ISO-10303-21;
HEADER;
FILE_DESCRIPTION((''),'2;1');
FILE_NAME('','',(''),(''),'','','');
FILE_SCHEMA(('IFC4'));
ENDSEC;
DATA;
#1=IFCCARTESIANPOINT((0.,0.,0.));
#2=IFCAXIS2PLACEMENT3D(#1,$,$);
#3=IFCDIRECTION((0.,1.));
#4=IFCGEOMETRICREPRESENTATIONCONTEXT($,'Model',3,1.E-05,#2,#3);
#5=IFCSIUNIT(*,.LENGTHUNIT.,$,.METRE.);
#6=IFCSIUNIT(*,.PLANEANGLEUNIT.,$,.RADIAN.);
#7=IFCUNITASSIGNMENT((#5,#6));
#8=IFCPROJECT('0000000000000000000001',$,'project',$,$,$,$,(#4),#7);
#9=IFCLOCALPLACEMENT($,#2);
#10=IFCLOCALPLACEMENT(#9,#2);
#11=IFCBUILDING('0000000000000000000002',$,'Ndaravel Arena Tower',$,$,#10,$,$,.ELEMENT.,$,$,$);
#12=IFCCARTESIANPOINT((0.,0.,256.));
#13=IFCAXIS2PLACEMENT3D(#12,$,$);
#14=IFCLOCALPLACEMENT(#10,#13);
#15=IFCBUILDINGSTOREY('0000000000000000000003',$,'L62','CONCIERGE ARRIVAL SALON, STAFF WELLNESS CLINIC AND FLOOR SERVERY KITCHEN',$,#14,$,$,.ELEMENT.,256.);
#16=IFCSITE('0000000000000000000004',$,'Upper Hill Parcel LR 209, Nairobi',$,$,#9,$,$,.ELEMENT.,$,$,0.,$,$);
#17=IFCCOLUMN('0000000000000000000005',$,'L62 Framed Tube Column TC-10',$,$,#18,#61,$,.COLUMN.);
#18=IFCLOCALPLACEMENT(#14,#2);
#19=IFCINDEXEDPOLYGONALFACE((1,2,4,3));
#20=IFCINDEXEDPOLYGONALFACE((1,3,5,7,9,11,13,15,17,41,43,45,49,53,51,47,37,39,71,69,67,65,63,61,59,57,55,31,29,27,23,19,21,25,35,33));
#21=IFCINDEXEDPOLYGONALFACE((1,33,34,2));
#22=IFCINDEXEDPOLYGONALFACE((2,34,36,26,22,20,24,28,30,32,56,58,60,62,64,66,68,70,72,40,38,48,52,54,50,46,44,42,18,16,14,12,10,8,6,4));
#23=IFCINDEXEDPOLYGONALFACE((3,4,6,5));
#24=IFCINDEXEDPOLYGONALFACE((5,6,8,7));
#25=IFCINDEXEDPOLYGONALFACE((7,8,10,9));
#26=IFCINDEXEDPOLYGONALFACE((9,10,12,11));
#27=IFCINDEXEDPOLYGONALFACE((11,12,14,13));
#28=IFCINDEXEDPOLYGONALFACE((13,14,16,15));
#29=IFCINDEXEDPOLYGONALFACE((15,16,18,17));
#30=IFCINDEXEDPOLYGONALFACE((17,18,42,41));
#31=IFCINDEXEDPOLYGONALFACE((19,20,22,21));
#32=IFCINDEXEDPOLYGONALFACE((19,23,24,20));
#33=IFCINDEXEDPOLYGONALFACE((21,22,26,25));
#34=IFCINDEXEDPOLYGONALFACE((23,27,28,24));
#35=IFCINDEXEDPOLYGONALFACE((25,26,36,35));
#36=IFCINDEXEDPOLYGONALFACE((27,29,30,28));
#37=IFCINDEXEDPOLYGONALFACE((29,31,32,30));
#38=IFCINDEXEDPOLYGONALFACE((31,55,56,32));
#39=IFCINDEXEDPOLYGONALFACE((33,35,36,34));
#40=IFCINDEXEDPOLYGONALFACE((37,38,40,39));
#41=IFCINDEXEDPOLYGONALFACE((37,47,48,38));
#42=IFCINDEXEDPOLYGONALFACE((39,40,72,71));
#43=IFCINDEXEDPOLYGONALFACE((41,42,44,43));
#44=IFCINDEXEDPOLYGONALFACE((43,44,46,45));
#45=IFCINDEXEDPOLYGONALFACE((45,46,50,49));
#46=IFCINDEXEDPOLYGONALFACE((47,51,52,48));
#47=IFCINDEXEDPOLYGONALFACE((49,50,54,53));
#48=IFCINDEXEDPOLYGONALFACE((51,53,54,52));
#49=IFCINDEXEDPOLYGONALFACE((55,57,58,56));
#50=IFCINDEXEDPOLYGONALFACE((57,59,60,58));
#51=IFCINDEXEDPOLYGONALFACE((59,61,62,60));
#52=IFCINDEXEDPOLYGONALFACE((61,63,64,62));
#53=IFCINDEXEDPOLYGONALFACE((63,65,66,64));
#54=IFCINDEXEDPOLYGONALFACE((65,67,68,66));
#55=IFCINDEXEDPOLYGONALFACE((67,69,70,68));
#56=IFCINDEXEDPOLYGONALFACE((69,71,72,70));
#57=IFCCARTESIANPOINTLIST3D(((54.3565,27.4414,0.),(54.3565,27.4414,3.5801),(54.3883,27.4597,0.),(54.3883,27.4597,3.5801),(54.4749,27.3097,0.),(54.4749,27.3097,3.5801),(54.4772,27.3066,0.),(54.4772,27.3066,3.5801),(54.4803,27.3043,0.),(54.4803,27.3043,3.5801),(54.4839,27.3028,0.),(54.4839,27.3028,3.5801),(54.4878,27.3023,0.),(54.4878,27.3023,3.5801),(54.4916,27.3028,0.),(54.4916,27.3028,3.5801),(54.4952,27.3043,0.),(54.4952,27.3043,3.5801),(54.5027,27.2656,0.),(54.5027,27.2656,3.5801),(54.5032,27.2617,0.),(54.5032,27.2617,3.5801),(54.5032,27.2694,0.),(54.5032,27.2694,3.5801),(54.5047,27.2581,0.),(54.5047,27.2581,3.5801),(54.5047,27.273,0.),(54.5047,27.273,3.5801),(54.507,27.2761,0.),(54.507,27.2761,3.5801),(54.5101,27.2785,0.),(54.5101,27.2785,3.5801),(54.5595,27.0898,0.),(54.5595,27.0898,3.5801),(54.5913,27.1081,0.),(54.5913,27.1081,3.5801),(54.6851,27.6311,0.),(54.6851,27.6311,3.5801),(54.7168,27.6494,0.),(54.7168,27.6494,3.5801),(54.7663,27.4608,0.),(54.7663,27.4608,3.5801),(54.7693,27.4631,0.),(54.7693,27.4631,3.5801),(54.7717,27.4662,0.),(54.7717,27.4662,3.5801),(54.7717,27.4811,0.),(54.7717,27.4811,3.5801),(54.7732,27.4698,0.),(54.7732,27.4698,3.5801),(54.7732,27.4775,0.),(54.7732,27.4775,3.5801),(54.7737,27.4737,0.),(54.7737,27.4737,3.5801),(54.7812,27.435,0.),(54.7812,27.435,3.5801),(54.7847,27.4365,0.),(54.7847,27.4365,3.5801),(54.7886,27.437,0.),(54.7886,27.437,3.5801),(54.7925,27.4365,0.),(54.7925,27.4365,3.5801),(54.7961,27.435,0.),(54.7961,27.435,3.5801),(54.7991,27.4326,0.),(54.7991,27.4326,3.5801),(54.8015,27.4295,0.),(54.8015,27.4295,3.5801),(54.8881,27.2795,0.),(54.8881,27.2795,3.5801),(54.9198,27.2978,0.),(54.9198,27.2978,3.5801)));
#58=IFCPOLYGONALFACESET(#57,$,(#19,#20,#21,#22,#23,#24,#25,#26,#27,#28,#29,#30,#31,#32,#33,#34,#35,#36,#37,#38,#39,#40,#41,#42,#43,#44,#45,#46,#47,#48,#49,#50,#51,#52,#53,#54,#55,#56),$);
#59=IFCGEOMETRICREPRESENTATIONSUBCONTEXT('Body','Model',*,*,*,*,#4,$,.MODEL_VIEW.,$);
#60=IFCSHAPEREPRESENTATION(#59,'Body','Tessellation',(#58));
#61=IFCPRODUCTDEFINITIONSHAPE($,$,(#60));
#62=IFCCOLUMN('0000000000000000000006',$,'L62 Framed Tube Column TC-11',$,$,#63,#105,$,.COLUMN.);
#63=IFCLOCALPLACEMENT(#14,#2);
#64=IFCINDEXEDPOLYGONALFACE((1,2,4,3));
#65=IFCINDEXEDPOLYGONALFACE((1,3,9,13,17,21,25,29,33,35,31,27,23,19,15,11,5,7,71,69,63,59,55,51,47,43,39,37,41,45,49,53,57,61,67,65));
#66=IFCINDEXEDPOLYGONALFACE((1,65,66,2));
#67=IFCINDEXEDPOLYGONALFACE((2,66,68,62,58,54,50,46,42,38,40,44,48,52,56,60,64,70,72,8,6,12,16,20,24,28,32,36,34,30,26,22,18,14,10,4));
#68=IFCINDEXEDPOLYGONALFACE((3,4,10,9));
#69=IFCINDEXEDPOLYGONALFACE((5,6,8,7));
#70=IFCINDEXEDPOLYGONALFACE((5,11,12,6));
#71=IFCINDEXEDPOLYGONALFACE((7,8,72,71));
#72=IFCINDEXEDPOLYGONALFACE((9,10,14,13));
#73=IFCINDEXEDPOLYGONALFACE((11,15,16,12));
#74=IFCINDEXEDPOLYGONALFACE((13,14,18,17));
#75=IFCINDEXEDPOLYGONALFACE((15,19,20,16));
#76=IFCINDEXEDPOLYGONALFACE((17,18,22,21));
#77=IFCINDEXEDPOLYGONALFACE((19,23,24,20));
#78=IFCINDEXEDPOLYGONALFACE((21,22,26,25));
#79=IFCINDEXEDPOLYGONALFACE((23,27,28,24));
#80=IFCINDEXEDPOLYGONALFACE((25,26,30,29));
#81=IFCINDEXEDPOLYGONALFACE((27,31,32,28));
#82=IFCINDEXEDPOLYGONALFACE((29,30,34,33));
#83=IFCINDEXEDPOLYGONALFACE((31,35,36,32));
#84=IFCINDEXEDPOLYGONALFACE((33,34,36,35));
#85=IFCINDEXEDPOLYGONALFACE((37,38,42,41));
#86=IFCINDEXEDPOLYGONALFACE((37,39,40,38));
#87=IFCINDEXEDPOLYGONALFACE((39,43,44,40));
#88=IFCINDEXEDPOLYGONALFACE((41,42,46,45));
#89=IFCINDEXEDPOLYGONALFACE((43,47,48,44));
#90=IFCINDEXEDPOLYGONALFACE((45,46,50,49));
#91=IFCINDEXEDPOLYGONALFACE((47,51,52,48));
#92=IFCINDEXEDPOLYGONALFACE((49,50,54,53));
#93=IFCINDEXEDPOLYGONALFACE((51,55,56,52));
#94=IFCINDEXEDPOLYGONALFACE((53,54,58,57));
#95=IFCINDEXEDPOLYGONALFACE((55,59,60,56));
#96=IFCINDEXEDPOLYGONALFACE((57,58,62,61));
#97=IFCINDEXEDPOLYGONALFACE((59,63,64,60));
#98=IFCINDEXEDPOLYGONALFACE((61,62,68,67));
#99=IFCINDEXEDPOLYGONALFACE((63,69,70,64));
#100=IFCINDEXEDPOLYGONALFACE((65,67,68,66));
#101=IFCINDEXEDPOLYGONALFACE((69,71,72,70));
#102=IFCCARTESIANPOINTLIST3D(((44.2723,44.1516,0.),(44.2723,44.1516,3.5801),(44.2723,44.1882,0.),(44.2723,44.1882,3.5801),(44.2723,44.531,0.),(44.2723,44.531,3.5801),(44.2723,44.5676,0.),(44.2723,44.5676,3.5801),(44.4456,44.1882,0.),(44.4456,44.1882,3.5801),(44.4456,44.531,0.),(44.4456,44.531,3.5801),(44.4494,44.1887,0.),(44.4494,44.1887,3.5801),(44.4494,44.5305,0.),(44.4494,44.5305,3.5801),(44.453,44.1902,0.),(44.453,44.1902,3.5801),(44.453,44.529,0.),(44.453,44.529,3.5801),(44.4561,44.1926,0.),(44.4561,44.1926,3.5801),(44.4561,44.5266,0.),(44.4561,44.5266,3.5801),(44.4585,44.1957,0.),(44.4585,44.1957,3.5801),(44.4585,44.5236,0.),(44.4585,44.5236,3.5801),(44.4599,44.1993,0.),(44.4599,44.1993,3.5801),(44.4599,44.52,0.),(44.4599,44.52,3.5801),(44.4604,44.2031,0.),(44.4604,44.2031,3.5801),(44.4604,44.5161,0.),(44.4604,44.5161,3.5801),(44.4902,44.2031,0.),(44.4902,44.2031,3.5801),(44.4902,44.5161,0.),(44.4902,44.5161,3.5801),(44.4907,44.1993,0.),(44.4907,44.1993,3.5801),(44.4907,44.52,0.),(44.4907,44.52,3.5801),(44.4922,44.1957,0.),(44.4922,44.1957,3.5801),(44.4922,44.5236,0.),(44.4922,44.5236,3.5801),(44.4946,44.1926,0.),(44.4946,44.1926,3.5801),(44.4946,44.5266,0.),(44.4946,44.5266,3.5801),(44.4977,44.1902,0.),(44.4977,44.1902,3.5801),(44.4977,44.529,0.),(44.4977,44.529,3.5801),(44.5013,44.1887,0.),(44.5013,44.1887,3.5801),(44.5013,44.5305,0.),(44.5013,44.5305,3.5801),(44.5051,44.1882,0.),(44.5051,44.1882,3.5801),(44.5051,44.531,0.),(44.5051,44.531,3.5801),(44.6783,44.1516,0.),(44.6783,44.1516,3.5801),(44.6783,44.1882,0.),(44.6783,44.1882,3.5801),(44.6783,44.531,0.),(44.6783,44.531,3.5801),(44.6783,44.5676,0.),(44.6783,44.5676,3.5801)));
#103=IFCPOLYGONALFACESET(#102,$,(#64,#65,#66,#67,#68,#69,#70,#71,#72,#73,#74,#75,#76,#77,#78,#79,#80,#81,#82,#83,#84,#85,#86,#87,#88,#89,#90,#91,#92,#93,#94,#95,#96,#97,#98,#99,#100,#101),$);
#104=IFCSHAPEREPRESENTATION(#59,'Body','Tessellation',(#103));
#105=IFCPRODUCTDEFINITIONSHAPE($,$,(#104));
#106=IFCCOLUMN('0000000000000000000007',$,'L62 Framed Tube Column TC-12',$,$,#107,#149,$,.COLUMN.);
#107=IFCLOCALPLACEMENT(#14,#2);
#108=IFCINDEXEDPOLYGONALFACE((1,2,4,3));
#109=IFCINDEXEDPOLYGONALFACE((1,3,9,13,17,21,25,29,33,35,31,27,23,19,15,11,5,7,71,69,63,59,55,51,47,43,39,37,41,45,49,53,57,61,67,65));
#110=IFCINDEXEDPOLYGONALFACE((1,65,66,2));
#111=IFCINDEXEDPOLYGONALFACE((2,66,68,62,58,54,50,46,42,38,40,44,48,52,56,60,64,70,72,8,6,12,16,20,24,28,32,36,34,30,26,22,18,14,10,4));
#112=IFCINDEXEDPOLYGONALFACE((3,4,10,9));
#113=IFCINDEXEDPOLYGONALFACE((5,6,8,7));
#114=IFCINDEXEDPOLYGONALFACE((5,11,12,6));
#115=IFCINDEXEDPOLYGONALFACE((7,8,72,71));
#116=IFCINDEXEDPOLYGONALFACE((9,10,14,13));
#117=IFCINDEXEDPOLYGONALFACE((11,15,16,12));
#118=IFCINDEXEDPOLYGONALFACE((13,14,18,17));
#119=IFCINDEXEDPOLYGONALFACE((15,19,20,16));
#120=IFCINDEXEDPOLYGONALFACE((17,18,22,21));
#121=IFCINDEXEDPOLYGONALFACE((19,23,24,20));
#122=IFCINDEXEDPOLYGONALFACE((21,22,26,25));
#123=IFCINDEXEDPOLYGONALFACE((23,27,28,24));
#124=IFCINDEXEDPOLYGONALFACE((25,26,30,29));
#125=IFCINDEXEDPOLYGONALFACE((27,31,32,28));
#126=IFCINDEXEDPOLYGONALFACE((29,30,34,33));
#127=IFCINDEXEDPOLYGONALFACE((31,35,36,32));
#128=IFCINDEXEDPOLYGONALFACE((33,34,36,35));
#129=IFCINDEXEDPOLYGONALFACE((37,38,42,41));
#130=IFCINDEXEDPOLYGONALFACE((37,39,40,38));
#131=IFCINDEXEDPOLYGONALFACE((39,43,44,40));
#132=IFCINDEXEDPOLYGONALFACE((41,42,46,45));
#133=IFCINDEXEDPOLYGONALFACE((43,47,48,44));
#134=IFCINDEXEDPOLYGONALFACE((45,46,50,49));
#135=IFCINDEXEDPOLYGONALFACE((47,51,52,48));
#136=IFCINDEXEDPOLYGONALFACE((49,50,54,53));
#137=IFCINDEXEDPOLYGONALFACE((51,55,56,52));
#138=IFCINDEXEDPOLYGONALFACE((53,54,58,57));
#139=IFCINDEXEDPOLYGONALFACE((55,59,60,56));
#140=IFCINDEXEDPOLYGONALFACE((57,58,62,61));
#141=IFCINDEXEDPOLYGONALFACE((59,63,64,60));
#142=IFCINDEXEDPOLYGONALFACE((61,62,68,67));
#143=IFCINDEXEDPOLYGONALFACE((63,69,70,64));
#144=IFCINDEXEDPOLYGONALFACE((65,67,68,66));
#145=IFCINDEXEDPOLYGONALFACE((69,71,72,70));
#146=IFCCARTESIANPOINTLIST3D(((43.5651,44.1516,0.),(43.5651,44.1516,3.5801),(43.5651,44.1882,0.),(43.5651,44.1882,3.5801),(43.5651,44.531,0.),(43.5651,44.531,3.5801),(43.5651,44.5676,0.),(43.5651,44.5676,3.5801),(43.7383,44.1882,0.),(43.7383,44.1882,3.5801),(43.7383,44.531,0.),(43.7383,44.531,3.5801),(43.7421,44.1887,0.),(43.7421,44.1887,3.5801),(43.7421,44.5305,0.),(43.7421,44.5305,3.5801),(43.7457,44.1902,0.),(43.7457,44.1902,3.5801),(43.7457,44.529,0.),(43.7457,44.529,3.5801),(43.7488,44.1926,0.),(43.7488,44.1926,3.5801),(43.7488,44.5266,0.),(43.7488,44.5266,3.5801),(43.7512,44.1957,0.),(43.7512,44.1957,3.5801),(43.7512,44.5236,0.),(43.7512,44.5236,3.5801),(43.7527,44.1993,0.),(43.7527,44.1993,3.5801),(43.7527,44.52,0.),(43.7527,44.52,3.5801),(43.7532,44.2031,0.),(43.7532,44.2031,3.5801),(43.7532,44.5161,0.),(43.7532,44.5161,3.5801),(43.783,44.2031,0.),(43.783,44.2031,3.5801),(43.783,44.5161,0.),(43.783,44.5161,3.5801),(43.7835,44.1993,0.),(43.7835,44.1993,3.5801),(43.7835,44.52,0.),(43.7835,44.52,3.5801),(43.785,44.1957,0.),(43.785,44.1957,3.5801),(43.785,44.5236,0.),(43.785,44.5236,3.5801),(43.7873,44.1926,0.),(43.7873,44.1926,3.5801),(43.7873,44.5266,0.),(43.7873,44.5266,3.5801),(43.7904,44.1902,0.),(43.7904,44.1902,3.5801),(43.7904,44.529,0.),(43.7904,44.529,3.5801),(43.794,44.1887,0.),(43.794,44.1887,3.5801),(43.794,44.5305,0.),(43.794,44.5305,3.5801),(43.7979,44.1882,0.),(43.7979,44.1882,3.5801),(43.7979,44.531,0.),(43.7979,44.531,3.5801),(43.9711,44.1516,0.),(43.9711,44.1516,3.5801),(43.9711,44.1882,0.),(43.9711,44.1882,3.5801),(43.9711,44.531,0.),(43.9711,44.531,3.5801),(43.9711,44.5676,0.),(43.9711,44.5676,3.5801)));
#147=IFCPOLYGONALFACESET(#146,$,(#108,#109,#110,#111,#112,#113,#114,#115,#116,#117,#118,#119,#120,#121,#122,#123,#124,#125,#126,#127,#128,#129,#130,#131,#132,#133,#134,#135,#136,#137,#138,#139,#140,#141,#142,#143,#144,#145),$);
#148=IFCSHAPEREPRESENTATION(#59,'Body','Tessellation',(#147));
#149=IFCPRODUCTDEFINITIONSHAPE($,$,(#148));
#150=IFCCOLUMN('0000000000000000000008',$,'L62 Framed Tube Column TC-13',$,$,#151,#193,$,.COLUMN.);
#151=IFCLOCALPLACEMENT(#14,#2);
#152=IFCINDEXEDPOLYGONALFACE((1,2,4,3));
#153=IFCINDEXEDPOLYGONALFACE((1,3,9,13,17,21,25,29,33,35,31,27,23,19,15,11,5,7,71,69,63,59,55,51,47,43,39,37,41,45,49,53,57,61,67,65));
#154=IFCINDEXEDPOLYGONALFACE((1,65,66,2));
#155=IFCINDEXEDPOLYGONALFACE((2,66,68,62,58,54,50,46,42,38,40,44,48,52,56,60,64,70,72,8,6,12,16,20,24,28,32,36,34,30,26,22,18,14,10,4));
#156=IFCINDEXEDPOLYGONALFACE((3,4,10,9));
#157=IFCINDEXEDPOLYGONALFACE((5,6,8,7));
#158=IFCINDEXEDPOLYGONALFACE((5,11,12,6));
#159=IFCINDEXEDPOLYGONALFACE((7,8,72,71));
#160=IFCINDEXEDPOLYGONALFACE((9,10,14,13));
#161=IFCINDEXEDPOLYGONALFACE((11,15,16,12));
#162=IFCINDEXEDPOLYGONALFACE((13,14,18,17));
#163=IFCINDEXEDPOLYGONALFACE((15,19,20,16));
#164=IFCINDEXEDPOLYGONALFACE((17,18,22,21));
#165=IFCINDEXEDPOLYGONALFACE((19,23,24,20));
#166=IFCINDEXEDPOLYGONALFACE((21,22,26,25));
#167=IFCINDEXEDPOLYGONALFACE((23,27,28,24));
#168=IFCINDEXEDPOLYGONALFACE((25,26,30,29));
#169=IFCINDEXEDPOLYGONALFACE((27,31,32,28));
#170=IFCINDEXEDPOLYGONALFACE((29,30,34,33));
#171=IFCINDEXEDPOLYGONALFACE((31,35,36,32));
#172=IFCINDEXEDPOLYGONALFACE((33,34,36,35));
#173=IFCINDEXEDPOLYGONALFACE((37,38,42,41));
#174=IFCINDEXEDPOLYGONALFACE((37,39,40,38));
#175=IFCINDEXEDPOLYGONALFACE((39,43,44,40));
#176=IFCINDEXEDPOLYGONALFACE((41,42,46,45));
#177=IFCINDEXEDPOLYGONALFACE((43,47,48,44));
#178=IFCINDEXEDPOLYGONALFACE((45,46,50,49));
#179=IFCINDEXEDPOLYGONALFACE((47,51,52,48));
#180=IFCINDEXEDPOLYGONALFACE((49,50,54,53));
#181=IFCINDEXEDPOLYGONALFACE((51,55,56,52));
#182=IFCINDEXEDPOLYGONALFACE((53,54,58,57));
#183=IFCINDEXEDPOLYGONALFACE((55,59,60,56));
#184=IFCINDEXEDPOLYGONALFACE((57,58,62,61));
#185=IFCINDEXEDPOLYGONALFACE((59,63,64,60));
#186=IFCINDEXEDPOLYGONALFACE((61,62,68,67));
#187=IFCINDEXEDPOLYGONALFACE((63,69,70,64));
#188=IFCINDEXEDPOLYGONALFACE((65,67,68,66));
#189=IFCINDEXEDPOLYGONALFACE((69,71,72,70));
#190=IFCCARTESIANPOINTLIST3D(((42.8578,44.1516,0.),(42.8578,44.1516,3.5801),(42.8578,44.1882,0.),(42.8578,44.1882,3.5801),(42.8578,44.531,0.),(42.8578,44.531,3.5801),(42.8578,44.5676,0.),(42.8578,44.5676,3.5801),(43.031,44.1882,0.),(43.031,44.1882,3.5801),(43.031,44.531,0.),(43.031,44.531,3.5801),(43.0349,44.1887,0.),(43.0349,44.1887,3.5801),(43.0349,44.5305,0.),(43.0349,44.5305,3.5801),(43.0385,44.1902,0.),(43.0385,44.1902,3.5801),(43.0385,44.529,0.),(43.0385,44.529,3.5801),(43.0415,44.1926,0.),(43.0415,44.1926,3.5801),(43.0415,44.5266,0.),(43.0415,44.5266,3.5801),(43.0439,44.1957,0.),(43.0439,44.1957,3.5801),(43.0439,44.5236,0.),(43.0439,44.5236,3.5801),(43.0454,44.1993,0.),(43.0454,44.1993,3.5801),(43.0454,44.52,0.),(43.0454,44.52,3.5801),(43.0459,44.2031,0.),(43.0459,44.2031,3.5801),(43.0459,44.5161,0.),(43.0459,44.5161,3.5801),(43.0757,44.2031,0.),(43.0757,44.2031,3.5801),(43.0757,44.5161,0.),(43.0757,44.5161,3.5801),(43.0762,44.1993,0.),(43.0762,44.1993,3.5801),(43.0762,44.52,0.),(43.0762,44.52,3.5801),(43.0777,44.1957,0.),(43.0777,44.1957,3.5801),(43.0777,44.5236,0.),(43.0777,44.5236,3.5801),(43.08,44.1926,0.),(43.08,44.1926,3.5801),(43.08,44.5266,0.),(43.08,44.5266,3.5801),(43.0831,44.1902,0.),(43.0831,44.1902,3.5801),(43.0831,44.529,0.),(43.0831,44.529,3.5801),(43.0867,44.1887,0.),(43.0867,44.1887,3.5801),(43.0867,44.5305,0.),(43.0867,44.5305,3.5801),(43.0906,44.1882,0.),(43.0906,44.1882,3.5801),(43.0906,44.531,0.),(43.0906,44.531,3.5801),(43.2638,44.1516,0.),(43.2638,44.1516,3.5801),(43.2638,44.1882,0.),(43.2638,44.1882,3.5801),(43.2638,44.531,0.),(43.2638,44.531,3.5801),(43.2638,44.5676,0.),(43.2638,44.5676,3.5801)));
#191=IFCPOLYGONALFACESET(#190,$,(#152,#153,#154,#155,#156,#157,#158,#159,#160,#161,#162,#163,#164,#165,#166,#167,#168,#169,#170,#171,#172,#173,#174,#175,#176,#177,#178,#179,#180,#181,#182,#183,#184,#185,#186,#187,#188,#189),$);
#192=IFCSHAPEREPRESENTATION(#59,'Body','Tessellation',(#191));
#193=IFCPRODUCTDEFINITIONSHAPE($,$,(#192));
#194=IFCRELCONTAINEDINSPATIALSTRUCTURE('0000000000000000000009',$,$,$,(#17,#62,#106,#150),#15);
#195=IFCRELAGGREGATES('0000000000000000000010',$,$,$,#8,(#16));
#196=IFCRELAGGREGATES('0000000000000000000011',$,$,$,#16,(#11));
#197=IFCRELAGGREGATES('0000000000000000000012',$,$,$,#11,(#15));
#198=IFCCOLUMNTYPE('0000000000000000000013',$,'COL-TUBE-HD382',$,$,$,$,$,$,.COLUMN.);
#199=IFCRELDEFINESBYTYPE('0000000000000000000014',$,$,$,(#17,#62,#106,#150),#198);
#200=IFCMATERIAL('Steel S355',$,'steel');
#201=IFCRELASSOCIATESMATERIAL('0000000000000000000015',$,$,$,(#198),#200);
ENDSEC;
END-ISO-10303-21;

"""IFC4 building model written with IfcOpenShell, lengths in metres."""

from ifc_helpers import new_model, si_unit, direction, frame, origin, origin_2d, place, context, subcontext, project, spatial, i_section, extrude, material, material_profile, profile_set, type_object, element, save


model = new_model("IFC4")

# Units and contexts
model_context = context("Model", 3, precision=1e-05, world=origin(), true_north=direction((0.0, 1.0)))
body_context = subcontext(model_context, "Body", "Model", "MODEL_VIEW")
ifc_project = project(units=[si_unit("LENGTHUNIT", "METRE"), si_unit("PLANEANGLEUNIT", "RADIAN")], contexts=[model_context])

# Site, building, storey
site_placement = place(None, origin())
site = spatial("IfcSite", under=ifc_project, at=site_placement, Name="Upper Hill Parcel LR 209, Nairobi", CompositionType="ELEMENT", RefElevation=0.0)
building_placement = place(site_placement, origin())
building = spatial("IfcBuilding", under=site, at=building_placement, Name="Ndaravel Arena Tower", CompositionType="ELEMENT")
storey_placement = place(building_placement, frame((0.0, 0.0, 256.0)))
storey = spatial("IfcBuildingStorey", under=building, at=storey_placement, Name="L62", Description="CONCIERGE ARRIVAL SALON, STAFF WELLNESS CLINIC AND FLOOR SERVERY KITCHEN", CompositionType="ELEMENT", Elevation=256.0)

# Columns
ifc_material_1 = material(Name="Steel S355", Category="steel")
ifc_material_profile_1 = material_profile(ifc_material_1, i_section(OverallWidth=0.406, OverallDepth=0.416, WebThickness=0.0298, FlangeThickness=0.0366, FilletRadius=0.0149, at=origin_2d()), Name="HD 400x382")
ifc_profile_set_1 = profile_set([ifc_material_profile_1], Name="Steel S355")
column_type = type_object("IfcColumnType", Name="COL-TUBE-HD382", PredefinedType="COLUMN", material=ifc_profile_set_1)
for number, where, z_axis, x_axis, name in (
    (1, (54.6382, 27.3696, 0.0), (0.0, 0.0, 1.0), (-0.5, 0.866025, 0.0), "L62 Framed Tube Column TC-10"),
    (2, (44.4753, 44.3596, 0.0), (0.0, 0.0, 1.0), (1.0, 0.0, 0.0), "L62 Framed Tube Column TC-11"),
    (3, (43.7681, 44.3596, 0.0), (0.0, 0.0, 1.0), (1.0, 0.0, 0.0), "L62 Framed Tube Column TC-12"),
    (4, (43.0608, 44.3596, 0.0), (0.0, 0.0, 1.0), (1.0, 0.0, 0.0), "L62 Framed Tube Column TC-13"),
):
    element("IfcColumn", number, at=place(storey_placement, frame(where, z_axis=z_axis, x_axis=x_axis)), inside=storey, type_object=column_type, Name=name, PredefinedType="COLUMN", context=body_context, shape_type="SweptSolid", body=[
        extrude(i_section(OverallWidth=0.406, OverallDepth=0.416, WebThickness=0.0298, FlangeThickness=0.0366, FilletRadius=0.0149, at=origin_2d()), origin(), (0.0, 0.0, 1.0), 3.5801),
    ])

save(model, "model.ifc")
